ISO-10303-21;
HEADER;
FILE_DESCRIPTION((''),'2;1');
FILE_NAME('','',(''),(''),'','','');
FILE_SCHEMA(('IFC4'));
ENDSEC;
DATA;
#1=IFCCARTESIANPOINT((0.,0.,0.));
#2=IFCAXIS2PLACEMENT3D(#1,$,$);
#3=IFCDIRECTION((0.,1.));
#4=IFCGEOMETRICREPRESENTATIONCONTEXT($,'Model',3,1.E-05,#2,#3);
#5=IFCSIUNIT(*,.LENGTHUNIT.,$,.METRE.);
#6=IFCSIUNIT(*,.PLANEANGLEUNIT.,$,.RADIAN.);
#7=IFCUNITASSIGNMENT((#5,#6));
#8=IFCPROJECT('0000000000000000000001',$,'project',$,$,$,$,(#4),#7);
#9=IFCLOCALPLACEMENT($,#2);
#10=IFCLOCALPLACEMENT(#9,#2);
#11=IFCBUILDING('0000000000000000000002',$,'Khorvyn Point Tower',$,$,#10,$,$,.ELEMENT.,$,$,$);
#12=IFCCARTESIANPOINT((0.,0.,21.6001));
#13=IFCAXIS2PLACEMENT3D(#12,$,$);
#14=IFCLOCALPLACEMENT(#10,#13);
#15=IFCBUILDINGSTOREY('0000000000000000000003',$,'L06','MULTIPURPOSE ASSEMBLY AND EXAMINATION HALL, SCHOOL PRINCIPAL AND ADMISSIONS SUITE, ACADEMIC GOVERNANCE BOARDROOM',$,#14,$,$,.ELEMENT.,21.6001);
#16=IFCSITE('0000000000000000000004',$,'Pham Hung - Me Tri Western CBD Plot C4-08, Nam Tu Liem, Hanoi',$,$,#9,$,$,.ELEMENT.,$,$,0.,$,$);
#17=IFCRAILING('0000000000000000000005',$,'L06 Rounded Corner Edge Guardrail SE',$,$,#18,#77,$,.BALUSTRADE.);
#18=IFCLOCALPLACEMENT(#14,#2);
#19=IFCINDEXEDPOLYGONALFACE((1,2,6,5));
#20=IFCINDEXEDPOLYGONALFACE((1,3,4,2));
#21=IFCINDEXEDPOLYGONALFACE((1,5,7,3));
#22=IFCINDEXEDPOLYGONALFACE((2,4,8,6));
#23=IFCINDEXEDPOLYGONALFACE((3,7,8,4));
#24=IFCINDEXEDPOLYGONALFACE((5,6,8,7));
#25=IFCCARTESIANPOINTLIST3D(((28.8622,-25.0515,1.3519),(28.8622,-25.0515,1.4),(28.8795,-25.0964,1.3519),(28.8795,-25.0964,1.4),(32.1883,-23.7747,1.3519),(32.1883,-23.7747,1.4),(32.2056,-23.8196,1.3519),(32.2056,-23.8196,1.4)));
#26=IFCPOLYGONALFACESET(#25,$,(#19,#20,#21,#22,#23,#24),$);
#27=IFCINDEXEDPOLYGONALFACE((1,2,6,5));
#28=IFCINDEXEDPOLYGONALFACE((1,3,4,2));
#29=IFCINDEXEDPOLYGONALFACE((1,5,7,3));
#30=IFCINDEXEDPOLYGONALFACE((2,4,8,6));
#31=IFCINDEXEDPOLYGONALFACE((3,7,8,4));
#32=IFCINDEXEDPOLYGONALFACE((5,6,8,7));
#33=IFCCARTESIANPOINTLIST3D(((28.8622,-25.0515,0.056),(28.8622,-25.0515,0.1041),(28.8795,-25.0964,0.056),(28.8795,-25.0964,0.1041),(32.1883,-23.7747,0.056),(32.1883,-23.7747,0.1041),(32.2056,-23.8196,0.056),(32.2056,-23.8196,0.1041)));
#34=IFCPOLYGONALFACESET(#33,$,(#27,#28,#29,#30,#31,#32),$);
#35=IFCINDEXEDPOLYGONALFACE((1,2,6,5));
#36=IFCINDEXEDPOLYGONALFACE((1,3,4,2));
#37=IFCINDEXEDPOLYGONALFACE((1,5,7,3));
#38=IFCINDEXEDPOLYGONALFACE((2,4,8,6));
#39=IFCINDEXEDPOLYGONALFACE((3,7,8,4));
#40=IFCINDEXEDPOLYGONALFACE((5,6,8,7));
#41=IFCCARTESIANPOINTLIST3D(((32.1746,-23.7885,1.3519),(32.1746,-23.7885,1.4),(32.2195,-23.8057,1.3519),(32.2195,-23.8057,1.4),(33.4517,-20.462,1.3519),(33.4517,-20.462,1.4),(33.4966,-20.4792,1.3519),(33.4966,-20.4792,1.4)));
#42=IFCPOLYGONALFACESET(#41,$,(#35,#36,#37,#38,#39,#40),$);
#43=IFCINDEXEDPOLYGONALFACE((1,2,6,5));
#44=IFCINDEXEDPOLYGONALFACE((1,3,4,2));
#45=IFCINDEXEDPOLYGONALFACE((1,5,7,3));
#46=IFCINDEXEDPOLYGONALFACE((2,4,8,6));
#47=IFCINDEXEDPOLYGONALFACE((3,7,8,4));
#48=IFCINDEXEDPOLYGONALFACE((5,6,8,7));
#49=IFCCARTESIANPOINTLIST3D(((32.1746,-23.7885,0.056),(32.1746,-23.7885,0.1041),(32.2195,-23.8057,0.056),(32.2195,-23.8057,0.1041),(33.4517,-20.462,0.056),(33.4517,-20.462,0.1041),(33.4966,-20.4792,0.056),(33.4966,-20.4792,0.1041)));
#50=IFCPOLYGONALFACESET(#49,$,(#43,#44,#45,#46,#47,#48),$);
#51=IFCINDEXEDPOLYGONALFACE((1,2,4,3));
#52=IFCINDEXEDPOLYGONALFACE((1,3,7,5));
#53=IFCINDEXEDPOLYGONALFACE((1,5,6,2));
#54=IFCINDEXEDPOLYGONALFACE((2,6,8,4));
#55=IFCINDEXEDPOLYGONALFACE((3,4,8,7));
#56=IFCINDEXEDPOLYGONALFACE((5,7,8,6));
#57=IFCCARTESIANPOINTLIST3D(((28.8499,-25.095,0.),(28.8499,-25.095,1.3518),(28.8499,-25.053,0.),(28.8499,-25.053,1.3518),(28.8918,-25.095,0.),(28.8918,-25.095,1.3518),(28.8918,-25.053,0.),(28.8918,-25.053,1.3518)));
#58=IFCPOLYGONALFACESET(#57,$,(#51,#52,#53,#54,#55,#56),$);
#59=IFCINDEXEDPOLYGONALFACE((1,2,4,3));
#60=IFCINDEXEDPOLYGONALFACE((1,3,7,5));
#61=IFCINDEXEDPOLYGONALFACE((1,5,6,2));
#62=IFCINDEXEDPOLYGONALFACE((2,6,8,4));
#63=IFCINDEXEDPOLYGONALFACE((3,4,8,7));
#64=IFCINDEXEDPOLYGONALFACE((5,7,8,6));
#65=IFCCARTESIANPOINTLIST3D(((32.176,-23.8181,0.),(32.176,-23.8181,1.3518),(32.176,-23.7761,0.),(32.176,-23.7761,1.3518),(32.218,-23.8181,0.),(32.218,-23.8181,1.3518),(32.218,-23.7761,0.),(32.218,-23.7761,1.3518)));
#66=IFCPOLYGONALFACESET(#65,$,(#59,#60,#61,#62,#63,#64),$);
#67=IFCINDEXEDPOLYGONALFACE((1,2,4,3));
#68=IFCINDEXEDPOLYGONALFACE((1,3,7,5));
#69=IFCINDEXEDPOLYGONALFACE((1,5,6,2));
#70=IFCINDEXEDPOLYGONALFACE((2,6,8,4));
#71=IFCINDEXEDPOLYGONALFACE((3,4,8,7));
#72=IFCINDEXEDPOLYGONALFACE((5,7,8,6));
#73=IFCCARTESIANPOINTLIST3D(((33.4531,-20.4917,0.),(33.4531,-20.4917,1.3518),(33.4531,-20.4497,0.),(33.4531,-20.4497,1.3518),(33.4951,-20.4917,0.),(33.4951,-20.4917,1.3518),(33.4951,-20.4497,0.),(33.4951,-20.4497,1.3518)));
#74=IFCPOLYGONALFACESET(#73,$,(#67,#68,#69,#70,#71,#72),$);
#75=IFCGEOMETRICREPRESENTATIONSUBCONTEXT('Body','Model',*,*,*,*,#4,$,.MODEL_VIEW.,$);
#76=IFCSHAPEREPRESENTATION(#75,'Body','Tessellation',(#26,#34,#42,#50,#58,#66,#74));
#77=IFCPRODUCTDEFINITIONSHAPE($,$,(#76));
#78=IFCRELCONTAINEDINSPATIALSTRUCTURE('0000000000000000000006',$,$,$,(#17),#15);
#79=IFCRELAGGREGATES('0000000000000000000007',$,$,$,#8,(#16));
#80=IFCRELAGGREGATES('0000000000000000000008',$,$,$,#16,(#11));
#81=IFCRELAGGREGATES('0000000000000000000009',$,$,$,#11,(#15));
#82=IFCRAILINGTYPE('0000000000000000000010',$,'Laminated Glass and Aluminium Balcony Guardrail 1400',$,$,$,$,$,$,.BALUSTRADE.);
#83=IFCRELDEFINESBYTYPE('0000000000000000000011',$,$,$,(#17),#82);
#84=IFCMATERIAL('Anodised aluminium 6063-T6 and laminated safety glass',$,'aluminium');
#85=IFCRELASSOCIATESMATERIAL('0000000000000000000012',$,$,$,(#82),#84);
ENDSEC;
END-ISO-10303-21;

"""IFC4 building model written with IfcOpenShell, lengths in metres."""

from ifc_helpers import new_model, si_unit, direction, frame, origin, origin_2d, place, context, subcontext, project, spatial, rectangle, extrude, material, type_object, element, save


model = new_model("IFC4")

# Units and contexts
model_context = context("Model", 3, precision=1e-05, world=origin(), true_north=direction((0.0, 1.0)))
body_context = subcontext(model_context, "Body", "Model", "MODEL_VIEW")
ifc_project = project(units=[si_unit("LENGTHUNIT", "METRE"), si_unit("PLANEANGLEUNIT", "RADIAN")], contexts=[model_context])

# Site, building, storey
site_placement = place(None, origin())
site = spatial("IfcSite", under=ifc_project, at=site_placement, Name="Pham Hung - Me Tri Western CBD Plot C4-08, Nam Tu Liem, Hanoi", CompositionType="ELEMENT", RefElevation=0.0)
building_placement = place(site_placement, origin())
building = spatial("IfcBuilding", under=site, at=building_placement, Name="Khorvyn Point Tower", CompositionType="ELEMENT")
storey_placement = place(building_placement, frame((0.0, 0.0, 21.6001)))
storey = spatial("IfcBuildingStorey", under=building, at=storey_placement, Name="L06", Description="MULTIPURPOSE ASSEMBLY AND EXAMINATION HALL, SCHOOL PRINCIPAL AND ADMISSIONS SUITE, ACADEMIC GOVERNANCE BOARDROOM", CompositionType="ELEMENT", Elevation=21.6001)

# Railing
ifc_material_1 = material(Name="Anodised aluminium 6063-T6 and laminated safety glass", Category="aluminium")
railing_type = type_object("IfcRailingType", Name="Laminated Glass and Aluminium Balcony Guardrail 1400", PredefinedType="BALUSTRADE", material=ifc_material_1)
railing_placement = place(storey_placement, frame((28.8708, -25.074, 0.0)))
element("IfcRailing", 1, at=railing_placement, inside=storey, type_object=railing_type, Name="L06 Rounded Corner Edge Guardrail SE", PredefinedType="BALUSTRADE", context=body_context, shape_type="SweptSolid", body=[
    extrude(rectangle(XDim=0.0481, YDim=0.0481, at=origin_2d()), frame((0.0, 0.0, 1.376), z_axis=(0.933575, 0.358382, 0.0), x_axis=(-0.358382, 0.933575, 0.0)), (0.0, 0.0, 1.0), 3.5627),
    extrude(rectangle(XDim=0.0481, YDim=0.0481, at=origin_2d()), frame((0.0, 0.0, 0.0801), z_axis=(0.933575, 0.358382, 0.0), x_axis=(-0.358382, 0.933575, 0.0)), (0.0, 0.0, 1.0), 3.5627),
    extrude(rectangle(XDim=0.0481, YDim=0.0481, at=origin_2d()), frame((3.3262, 1.2769, 1.376), z_axis=(0.358419, 0.933561, 0.0), x_axis=(-0.933561, 0.358419, 0.0)), (0.0, 0.0, 1.0), 3.5632),
    extrude(rectangle(XDim=0.0481, YDim=0.0481, at=origin_2d()), frame((3.3262, 1.2769, 0.0801), z_axis=(0.358419, 0.933561, 0.0), x_axis=(-0.933561, 0.358419, 0.0)), (0.0, 0.0, 1.0), 3.5632),
    extrude(rectangle(XDim=0.042, YDim=0.042, at=origin_2d()), origin(), (0.0, 0.0, 1.0), 1.3518),
    extrude(rectangle(XDim=0.042, YDim=0.042, at=origin_2d()), frame((3.3262, 1.2769, 0.0)), (0.0, 0.0, 1.0), 1.3518),
    extrude(rectangle(XDim=0.042, YDim=0.042, at=origin_2d()), frame((4.6033, 4.6033, 0.0)), (0.0, 0.0, 1.0), 1.3518),
])

save(model, "model.ifc")
